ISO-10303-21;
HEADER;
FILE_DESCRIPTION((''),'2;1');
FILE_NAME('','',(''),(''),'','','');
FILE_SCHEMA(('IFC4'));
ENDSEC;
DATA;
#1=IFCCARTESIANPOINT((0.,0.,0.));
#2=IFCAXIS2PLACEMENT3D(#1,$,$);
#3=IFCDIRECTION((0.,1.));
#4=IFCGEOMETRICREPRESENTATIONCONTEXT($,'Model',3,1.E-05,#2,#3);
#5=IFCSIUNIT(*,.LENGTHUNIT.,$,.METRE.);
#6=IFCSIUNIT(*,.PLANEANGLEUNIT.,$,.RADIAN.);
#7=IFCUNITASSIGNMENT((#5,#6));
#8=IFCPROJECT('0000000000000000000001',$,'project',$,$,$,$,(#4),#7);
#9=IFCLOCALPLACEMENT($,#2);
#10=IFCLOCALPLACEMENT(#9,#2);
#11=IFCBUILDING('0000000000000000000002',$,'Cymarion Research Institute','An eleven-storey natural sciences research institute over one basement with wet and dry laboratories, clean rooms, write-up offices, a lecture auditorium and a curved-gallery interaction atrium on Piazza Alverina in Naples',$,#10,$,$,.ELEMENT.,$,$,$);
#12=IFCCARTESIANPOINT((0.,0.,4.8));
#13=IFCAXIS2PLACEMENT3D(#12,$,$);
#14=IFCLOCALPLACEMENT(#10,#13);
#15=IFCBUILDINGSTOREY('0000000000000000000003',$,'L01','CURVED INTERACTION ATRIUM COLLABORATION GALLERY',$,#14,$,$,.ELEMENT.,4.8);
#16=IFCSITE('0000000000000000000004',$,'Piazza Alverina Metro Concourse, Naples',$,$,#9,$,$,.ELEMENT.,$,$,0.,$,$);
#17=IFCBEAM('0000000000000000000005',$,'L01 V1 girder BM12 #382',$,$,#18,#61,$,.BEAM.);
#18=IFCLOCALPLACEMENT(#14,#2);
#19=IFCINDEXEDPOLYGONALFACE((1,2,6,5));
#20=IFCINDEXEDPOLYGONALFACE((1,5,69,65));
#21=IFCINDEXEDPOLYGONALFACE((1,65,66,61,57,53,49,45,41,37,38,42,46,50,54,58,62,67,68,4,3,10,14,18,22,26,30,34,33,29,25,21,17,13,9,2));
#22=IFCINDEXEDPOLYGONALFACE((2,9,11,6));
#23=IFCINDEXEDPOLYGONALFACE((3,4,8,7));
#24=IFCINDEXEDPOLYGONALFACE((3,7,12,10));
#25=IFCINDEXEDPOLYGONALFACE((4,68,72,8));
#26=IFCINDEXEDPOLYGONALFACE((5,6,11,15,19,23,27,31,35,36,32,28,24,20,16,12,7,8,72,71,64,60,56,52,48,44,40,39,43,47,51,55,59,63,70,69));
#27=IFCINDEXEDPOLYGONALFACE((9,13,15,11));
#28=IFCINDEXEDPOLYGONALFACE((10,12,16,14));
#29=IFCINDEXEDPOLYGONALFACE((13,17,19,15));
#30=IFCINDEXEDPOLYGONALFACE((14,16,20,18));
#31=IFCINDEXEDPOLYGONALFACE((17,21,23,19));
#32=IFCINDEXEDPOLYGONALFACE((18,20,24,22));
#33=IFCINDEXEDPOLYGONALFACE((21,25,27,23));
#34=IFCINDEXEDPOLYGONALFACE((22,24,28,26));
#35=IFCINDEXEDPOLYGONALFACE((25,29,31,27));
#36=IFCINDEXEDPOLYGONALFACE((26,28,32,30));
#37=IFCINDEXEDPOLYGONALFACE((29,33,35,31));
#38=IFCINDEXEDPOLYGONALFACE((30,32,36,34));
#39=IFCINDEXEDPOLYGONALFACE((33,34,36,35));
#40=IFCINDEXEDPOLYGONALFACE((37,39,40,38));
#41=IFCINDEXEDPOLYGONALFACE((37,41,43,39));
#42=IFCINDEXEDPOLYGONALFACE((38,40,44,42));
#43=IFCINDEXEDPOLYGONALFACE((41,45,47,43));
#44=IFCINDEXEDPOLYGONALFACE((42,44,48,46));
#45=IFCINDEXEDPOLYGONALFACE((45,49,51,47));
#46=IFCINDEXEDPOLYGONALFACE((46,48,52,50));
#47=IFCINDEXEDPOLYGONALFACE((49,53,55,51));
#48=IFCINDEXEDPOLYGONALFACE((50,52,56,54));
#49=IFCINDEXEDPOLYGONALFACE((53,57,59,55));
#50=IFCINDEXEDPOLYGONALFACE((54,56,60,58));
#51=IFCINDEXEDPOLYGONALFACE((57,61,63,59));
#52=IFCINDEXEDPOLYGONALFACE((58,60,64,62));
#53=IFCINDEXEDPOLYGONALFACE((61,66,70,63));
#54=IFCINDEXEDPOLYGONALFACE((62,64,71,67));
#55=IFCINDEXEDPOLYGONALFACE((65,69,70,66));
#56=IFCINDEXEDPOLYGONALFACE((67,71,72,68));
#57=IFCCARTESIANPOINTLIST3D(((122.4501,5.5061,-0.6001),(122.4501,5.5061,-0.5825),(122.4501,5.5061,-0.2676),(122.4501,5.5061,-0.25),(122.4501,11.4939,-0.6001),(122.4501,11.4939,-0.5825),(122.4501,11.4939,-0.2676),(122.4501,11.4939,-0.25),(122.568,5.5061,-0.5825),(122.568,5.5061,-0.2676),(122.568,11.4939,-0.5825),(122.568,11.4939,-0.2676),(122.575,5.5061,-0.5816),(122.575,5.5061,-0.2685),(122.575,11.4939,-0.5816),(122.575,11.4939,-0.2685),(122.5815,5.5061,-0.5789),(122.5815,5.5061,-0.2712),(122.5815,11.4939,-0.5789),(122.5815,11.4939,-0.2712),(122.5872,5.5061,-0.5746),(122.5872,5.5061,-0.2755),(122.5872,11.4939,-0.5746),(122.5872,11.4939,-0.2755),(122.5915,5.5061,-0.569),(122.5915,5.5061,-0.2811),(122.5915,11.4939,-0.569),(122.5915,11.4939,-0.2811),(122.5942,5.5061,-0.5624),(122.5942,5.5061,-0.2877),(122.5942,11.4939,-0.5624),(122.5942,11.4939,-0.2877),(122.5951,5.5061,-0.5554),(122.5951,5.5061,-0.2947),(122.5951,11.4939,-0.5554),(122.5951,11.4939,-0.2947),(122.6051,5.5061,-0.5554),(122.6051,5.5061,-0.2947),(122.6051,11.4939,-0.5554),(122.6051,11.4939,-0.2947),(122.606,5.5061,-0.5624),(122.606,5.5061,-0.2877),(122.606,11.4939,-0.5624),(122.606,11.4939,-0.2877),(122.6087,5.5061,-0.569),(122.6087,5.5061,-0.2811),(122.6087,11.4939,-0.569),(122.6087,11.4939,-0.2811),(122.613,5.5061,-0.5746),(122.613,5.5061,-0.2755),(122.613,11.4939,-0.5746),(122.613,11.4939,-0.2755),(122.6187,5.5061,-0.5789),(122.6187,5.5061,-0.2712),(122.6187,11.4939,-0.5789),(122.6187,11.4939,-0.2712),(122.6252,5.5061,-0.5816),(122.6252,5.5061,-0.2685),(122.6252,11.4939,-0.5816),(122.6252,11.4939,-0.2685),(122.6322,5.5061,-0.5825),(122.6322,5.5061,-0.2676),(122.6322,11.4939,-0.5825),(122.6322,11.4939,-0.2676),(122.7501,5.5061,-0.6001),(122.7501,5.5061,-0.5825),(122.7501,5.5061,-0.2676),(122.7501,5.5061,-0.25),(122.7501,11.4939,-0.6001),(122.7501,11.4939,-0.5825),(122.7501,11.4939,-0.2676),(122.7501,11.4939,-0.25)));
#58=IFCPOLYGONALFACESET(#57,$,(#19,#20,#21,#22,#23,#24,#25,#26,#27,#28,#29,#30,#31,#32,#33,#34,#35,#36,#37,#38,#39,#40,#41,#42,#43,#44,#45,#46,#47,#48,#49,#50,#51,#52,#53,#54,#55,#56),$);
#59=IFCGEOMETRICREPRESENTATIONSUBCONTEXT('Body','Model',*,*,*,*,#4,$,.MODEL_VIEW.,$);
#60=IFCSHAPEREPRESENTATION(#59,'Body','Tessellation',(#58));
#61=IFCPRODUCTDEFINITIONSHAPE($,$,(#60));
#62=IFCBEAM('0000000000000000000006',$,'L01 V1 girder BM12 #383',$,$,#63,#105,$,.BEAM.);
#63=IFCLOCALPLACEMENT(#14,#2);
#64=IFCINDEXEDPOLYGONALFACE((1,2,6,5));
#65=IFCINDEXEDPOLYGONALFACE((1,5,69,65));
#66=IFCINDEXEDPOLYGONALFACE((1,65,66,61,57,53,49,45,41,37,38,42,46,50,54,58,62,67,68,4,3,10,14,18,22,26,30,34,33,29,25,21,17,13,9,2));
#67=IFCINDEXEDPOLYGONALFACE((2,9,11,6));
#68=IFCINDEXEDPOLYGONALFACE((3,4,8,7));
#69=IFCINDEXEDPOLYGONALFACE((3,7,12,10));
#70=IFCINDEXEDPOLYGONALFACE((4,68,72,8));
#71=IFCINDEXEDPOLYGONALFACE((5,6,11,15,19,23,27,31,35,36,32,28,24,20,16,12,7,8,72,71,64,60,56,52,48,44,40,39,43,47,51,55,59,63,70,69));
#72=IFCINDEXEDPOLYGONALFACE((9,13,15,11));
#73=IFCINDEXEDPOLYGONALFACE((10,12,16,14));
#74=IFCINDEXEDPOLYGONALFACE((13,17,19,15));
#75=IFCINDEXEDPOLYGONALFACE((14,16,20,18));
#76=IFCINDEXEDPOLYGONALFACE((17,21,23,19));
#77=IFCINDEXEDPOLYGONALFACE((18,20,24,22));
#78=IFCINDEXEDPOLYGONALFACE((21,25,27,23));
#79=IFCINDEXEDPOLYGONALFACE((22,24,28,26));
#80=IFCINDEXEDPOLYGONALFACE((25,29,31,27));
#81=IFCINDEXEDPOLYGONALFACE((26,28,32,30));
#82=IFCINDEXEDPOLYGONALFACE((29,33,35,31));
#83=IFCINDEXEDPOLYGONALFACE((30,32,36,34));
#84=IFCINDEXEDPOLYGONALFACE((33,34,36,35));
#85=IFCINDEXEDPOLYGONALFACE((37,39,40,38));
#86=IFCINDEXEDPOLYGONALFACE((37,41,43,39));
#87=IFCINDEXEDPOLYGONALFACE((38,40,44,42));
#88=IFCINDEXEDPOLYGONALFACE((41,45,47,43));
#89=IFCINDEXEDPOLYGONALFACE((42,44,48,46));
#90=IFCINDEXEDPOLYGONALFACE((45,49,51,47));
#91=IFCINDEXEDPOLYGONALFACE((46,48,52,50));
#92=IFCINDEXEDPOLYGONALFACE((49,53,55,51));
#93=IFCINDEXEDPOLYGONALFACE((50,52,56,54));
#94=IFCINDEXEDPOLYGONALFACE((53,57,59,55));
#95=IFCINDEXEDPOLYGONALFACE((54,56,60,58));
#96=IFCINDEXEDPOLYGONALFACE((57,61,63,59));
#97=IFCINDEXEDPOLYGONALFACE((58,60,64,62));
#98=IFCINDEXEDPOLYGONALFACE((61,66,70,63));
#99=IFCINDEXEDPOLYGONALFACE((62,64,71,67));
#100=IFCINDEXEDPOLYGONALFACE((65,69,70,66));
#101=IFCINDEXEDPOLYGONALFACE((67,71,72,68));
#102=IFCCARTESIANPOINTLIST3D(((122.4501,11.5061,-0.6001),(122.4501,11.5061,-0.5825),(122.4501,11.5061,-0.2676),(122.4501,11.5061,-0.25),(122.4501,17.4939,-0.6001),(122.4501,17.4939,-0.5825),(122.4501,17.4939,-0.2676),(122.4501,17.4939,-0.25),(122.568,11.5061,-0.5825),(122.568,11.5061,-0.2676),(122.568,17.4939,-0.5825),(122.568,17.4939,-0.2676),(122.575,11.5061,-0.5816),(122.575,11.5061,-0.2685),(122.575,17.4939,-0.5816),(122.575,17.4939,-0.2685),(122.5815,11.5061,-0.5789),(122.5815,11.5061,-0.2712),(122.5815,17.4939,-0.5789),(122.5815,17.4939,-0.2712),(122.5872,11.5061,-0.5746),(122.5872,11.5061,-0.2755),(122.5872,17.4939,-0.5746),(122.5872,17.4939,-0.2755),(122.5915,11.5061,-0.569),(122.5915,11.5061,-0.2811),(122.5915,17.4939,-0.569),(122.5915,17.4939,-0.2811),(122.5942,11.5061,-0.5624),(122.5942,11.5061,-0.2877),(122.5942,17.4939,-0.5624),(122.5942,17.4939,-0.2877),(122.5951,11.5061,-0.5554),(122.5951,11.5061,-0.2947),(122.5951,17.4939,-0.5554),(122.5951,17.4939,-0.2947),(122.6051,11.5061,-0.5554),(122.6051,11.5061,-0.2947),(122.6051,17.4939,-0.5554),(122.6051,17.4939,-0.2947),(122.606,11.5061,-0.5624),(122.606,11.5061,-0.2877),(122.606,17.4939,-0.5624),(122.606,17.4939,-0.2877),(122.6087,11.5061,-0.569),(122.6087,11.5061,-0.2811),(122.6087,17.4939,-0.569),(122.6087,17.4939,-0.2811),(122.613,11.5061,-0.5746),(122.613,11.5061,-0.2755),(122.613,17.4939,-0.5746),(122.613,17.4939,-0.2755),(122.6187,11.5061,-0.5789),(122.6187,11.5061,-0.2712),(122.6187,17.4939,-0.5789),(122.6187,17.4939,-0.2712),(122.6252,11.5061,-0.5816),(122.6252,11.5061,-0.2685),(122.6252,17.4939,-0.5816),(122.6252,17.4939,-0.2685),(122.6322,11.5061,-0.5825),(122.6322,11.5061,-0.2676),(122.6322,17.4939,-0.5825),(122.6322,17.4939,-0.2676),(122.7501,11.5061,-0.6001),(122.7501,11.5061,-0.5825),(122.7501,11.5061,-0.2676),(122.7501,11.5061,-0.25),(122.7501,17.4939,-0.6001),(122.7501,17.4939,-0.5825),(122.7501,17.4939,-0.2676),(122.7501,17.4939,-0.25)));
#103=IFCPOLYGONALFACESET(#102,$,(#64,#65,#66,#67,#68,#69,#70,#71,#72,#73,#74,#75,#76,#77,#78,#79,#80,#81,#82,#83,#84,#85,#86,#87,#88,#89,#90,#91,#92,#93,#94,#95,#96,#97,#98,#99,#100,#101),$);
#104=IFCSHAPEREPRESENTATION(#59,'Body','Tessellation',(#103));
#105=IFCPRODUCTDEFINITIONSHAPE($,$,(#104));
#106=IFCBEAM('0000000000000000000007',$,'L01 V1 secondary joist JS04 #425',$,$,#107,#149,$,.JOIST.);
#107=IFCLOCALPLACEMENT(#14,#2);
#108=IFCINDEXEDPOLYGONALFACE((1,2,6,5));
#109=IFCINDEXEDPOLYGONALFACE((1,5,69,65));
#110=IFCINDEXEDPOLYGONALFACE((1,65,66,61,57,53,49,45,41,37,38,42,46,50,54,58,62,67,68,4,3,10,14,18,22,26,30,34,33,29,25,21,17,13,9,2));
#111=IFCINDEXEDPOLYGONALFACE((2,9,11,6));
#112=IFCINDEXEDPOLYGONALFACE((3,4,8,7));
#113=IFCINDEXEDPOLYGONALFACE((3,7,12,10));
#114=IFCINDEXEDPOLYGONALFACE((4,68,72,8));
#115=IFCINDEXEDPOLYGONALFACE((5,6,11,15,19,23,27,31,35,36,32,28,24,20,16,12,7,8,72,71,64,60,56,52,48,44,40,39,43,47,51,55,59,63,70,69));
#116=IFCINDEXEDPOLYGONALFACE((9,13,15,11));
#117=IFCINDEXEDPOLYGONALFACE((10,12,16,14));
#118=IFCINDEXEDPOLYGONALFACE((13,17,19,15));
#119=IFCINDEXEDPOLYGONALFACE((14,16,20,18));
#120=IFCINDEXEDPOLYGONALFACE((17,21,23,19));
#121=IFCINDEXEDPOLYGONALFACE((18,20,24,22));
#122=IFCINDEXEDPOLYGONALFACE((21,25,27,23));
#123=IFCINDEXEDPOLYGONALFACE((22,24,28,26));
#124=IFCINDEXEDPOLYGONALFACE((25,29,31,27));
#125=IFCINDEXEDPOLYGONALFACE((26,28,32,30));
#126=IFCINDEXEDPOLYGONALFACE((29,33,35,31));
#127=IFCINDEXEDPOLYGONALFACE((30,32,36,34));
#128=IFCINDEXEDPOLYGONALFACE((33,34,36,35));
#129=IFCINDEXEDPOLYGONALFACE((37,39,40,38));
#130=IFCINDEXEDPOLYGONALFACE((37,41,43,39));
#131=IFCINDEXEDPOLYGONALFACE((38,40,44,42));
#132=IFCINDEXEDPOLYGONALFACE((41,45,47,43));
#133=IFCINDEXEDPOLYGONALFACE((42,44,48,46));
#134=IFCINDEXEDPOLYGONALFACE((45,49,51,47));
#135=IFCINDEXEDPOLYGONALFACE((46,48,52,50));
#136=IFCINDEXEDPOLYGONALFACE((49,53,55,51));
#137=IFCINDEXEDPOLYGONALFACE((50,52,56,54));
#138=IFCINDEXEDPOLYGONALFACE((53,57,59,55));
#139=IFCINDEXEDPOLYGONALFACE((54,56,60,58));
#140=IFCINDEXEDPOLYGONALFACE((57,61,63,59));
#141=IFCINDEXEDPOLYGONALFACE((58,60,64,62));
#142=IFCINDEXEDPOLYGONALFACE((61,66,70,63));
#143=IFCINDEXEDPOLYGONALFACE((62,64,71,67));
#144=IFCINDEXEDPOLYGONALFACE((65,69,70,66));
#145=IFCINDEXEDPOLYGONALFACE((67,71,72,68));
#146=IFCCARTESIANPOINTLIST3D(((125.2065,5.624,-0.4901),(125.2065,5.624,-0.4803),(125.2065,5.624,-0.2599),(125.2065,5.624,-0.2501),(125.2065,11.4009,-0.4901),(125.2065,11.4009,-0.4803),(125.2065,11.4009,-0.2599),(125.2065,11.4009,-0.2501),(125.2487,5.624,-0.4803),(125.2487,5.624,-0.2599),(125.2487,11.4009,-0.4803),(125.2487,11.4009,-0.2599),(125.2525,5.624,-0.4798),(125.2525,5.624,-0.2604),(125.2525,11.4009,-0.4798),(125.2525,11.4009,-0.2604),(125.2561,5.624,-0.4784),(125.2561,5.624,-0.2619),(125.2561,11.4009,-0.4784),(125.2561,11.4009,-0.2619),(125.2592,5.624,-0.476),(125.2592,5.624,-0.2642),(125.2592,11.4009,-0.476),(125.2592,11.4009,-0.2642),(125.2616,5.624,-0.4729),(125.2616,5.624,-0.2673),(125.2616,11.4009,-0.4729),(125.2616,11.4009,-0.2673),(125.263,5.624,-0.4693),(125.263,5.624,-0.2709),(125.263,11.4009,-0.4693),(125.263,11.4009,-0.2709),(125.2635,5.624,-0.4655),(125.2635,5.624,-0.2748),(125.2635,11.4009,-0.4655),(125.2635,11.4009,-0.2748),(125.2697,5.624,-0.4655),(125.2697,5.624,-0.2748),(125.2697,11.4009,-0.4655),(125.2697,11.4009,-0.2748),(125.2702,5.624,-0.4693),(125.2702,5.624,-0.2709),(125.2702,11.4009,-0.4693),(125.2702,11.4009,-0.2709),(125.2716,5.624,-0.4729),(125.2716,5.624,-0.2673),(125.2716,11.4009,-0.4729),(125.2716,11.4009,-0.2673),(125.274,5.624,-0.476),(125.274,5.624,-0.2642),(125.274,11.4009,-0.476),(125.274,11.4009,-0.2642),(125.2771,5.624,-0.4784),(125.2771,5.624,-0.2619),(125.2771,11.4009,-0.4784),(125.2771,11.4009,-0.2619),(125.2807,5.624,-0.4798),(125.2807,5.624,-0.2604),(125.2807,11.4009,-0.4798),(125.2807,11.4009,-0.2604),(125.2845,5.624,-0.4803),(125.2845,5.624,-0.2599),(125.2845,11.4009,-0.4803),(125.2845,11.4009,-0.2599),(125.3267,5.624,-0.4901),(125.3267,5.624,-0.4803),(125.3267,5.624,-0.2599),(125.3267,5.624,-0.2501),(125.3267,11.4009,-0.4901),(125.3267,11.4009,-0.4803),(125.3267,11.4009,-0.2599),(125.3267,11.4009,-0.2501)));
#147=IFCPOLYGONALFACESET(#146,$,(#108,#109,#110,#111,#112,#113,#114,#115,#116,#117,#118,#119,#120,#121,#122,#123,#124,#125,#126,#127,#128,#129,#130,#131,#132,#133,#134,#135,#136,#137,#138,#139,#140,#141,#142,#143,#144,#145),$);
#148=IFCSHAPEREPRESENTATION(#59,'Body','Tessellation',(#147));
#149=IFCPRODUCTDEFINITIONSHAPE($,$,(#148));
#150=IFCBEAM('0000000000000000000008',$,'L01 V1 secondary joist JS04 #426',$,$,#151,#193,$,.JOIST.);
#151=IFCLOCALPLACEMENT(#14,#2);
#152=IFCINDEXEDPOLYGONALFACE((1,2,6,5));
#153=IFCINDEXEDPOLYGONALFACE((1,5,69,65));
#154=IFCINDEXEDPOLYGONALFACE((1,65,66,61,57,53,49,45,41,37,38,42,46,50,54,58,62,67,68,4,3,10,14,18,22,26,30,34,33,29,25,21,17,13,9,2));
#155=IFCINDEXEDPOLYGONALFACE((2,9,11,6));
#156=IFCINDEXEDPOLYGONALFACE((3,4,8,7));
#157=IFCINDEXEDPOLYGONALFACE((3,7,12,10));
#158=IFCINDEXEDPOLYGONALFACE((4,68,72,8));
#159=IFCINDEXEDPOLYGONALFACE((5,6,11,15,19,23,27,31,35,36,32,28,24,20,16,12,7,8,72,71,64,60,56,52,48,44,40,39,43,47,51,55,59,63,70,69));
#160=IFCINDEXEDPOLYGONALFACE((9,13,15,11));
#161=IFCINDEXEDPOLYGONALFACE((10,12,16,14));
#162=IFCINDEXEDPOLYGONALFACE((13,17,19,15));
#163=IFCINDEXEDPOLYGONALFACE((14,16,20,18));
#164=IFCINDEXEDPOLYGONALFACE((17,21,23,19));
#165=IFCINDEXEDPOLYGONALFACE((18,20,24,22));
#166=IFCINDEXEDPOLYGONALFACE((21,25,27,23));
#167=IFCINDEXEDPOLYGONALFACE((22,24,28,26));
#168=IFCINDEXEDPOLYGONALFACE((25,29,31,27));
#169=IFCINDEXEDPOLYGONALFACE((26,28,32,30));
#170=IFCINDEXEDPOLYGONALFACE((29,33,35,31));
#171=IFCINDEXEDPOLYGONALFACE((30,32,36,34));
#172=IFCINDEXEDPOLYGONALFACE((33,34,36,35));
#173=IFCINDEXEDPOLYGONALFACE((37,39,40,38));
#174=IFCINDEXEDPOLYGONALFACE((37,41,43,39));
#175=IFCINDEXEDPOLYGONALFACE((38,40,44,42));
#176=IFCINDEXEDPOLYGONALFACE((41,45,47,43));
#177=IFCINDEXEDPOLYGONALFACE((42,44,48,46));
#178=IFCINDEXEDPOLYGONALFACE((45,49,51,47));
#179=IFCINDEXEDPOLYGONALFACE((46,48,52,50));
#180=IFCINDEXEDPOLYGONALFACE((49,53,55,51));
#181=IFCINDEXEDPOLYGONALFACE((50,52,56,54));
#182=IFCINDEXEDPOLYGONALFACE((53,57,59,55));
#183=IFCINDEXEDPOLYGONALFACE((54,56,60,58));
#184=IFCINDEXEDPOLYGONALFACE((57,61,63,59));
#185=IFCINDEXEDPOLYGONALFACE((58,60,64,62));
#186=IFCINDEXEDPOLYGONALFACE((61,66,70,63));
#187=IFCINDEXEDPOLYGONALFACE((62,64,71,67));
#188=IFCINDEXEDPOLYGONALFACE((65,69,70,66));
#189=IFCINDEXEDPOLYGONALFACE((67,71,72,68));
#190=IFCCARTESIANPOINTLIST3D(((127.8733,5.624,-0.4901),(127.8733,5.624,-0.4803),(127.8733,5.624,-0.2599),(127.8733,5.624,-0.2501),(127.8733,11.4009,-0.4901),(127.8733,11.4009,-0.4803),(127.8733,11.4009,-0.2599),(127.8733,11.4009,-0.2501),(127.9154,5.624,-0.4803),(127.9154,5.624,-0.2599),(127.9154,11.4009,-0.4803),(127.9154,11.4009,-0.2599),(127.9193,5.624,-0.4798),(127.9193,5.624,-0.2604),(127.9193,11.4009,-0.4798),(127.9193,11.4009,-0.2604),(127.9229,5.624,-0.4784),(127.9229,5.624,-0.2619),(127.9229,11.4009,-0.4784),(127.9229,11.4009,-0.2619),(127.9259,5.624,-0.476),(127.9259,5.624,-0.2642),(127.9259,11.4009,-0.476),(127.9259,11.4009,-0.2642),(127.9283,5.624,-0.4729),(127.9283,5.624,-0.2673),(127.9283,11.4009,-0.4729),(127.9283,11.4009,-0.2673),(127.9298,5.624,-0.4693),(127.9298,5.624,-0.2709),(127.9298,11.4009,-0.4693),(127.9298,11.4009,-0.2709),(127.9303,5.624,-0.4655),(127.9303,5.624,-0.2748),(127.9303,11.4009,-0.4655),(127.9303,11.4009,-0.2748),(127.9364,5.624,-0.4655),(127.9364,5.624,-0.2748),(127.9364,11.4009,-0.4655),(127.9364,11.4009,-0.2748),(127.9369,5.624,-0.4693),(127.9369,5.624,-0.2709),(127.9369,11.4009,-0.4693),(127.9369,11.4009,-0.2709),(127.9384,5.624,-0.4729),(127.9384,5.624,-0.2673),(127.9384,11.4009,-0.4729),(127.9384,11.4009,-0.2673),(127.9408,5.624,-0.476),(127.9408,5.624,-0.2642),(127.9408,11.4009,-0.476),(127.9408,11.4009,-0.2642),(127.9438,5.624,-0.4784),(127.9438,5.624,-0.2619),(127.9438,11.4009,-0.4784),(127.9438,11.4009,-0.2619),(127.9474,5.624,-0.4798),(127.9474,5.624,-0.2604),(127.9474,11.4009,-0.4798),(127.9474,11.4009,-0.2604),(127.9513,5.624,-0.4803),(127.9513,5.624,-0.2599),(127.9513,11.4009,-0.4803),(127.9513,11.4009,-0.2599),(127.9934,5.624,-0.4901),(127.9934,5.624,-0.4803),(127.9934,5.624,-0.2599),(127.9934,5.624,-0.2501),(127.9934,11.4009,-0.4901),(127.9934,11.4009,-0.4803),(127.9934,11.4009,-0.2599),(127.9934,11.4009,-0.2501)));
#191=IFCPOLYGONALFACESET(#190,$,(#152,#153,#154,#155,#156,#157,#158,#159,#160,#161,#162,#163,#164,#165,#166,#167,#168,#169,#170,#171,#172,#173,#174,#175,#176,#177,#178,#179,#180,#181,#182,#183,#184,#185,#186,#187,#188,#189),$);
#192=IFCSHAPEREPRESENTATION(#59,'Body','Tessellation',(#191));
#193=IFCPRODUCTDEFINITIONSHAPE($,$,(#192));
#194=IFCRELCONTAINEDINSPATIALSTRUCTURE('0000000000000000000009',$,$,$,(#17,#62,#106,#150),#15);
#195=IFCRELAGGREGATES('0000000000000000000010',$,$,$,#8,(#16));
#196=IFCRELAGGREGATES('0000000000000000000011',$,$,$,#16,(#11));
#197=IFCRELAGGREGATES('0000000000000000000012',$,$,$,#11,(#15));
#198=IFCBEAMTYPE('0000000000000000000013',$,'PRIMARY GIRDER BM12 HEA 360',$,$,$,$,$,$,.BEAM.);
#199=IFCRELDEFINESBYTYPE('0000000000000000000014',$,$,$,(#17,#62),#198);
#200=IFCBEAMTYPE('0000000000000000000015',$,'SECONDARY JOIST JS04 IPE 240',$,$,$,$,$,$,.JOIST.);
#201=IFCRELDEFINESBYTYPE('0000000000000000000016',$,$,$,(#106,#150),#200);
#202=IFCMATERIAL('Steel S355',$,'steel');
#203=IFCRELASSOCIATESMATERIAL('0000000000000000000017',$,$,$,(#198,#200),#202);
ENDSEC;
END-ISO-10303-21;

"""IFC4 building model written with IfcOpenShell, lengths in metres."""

from ifc_helpers import new_model, si_unit, direction, frame, origin, origin_2d, place, context, subcontext, project, spatial, i_section, extrude, material, material_profile, profile_set, type_object, element, save


model = new_model("IFC4")

# Units and contexts
model_context = context("Model", 3, precision=1e-05, world=origin(), true_north=direction((0.0, 1.0)))
body_context = subcontext(model_context, "Body", "Model", "MODEL_VIEW")
ifc_project = project(units=[si_unit("LENGTHUNIT", "METRE"), si_unit("PLANEANGLEUNIT", "RADIAN")], contexts=[model_context])

# Site, building, storey
site_placement = place(None, origin())
site = spatial("IfcSite", under=ifc_project, at=site_placement, Name="Piazza Alverina Metro Concourse, Naples", CompositionType="ELEMENT", RefElevation=0.0)
building_placement = place(site_placement, origin())
building = spatial("IfcBuilding", under=site, at=building_placement, Name="Cymarion Research Institute", Description="An eleven-storey natural sciences research institute over one basement with wet and dry laboratories, clean rooms, write-up offices, a lecture auditorium and a curved-gallery interaction atrium on Piazza Alverina in Naples", CompositionType="ELEMENT")
storey_placement = place(building_placement, frame((0.0, 0.0, 4.8)))
storey = spatial("IfcBuildingStorey", under=building, at=storey_placement, Name="L01", Description="CURVED INTERACTION ATRIUM COLLABORATION GALLERY", CompositionType="ELEMENT", Elevation=4.8)

# Shared definitions
ifc_material_1 = material(Name="Steel S355", Category="steel")

# Beams
ifc_material_profile_1 = material_profile(ifc_material_1, i_section(OverallWidth=0.3, OverallDepth=0.3501, WebThickness=0.01, FlangeThickness=0.0176, FilletRadius=0.0271, at=origin_2d()), Name="HEA 360")
ifc_profile_set_1 = profile_set([ifc_material_profile_1], Name="Steel S355")
beam_type_1 = type_object("IfcBeamType", Name="PRIMARY GIRDER BM12 HEA 360", PredefinedType="BEAM", material=ifc_profile_set_1)
for number, where, z_axis, x_axis, name in (
    (1, (122.6001, 5.5061, -0.425), (0.0, 1.0, 0.0), (-1.0, 0.0, 0.0), "L01 V1 girder BM12 #382"),
    (2, (122.6001, 11.5061, -0.425), (0.0, 1.0, 0.0), (-1.0, 0.0, 0.0), "L01 V1 girder BM12 #383"),
):
    element("IfcBeam", number, at=place(storey_placement, frame(where, z_axis=z_axis, x_axis=x_axis)), inside=storey, type_object=beam_type_1, Name=name, PredefinedType="BEAM", context=body_context, shape_type="SweptSolid", body=[
        extrude(i_section(OverallWidth=0.3, OverallDepth=0.3501, WebThickness=0.01, FlangeThickness=0.0176, FilletRadius=0.0271, at=origin_2d()), origin(), (0.0, 0.0, 1.0), 5.9878),
    ])
ifc_material_profile_2 = material_profile(ifc_material_1, i_section(OverallWidth=0.1201, OverallDepth=0.24, WebThickness=0.0061, FlangeThickness=0.0098, FilletRadius=0.0149, at=origin_2d()), Name="IPE 240")
ifc_profile_set_2 = profile_set([ifc_material_profile_2], Name="Steel S355")
beam_type_2 = type_object("IfcBeamType", Name="SECONDARY JOIST JS04 IPE 240", PredefinedType="JOIST", material=ifc_profile_set_2)
for number, where, z_axis, x_axis, name in (
    (3, (125.2666, 5.624, -0.3701), (0.0, 1.0, 0.0), (-1.0, 0.0, 0.0), "L01 V1 secondary joist JS04 #425"),
    (4, (127.9333, 5.624, -0.3701), (0.0, 1.0, 0.0), (-1.0, 0.0, 0.0), "L01 V1 secondary joist JS04 #426"),
):
    element("IfcBeam", number, at=place(storey_placement, frame(where, z_axis=z_axis, x_axis=x_axis)), inside=storey, type_object=beam_type_2, Name=name, PredefinedType="JOIST", context=body_context, shape_type="SweptSolid", body=[
        extrude(i_section(OverallWidth=0.1201, OverallDepth=0.24, WebThickness=0.0061, FlangeThickness=0.0098, FilletRadius=0.0149, at=origin_2d()), origin(), (0.0, 0.0, 1.0), 5.7769),
    ])

save(model, "model.ifc")
